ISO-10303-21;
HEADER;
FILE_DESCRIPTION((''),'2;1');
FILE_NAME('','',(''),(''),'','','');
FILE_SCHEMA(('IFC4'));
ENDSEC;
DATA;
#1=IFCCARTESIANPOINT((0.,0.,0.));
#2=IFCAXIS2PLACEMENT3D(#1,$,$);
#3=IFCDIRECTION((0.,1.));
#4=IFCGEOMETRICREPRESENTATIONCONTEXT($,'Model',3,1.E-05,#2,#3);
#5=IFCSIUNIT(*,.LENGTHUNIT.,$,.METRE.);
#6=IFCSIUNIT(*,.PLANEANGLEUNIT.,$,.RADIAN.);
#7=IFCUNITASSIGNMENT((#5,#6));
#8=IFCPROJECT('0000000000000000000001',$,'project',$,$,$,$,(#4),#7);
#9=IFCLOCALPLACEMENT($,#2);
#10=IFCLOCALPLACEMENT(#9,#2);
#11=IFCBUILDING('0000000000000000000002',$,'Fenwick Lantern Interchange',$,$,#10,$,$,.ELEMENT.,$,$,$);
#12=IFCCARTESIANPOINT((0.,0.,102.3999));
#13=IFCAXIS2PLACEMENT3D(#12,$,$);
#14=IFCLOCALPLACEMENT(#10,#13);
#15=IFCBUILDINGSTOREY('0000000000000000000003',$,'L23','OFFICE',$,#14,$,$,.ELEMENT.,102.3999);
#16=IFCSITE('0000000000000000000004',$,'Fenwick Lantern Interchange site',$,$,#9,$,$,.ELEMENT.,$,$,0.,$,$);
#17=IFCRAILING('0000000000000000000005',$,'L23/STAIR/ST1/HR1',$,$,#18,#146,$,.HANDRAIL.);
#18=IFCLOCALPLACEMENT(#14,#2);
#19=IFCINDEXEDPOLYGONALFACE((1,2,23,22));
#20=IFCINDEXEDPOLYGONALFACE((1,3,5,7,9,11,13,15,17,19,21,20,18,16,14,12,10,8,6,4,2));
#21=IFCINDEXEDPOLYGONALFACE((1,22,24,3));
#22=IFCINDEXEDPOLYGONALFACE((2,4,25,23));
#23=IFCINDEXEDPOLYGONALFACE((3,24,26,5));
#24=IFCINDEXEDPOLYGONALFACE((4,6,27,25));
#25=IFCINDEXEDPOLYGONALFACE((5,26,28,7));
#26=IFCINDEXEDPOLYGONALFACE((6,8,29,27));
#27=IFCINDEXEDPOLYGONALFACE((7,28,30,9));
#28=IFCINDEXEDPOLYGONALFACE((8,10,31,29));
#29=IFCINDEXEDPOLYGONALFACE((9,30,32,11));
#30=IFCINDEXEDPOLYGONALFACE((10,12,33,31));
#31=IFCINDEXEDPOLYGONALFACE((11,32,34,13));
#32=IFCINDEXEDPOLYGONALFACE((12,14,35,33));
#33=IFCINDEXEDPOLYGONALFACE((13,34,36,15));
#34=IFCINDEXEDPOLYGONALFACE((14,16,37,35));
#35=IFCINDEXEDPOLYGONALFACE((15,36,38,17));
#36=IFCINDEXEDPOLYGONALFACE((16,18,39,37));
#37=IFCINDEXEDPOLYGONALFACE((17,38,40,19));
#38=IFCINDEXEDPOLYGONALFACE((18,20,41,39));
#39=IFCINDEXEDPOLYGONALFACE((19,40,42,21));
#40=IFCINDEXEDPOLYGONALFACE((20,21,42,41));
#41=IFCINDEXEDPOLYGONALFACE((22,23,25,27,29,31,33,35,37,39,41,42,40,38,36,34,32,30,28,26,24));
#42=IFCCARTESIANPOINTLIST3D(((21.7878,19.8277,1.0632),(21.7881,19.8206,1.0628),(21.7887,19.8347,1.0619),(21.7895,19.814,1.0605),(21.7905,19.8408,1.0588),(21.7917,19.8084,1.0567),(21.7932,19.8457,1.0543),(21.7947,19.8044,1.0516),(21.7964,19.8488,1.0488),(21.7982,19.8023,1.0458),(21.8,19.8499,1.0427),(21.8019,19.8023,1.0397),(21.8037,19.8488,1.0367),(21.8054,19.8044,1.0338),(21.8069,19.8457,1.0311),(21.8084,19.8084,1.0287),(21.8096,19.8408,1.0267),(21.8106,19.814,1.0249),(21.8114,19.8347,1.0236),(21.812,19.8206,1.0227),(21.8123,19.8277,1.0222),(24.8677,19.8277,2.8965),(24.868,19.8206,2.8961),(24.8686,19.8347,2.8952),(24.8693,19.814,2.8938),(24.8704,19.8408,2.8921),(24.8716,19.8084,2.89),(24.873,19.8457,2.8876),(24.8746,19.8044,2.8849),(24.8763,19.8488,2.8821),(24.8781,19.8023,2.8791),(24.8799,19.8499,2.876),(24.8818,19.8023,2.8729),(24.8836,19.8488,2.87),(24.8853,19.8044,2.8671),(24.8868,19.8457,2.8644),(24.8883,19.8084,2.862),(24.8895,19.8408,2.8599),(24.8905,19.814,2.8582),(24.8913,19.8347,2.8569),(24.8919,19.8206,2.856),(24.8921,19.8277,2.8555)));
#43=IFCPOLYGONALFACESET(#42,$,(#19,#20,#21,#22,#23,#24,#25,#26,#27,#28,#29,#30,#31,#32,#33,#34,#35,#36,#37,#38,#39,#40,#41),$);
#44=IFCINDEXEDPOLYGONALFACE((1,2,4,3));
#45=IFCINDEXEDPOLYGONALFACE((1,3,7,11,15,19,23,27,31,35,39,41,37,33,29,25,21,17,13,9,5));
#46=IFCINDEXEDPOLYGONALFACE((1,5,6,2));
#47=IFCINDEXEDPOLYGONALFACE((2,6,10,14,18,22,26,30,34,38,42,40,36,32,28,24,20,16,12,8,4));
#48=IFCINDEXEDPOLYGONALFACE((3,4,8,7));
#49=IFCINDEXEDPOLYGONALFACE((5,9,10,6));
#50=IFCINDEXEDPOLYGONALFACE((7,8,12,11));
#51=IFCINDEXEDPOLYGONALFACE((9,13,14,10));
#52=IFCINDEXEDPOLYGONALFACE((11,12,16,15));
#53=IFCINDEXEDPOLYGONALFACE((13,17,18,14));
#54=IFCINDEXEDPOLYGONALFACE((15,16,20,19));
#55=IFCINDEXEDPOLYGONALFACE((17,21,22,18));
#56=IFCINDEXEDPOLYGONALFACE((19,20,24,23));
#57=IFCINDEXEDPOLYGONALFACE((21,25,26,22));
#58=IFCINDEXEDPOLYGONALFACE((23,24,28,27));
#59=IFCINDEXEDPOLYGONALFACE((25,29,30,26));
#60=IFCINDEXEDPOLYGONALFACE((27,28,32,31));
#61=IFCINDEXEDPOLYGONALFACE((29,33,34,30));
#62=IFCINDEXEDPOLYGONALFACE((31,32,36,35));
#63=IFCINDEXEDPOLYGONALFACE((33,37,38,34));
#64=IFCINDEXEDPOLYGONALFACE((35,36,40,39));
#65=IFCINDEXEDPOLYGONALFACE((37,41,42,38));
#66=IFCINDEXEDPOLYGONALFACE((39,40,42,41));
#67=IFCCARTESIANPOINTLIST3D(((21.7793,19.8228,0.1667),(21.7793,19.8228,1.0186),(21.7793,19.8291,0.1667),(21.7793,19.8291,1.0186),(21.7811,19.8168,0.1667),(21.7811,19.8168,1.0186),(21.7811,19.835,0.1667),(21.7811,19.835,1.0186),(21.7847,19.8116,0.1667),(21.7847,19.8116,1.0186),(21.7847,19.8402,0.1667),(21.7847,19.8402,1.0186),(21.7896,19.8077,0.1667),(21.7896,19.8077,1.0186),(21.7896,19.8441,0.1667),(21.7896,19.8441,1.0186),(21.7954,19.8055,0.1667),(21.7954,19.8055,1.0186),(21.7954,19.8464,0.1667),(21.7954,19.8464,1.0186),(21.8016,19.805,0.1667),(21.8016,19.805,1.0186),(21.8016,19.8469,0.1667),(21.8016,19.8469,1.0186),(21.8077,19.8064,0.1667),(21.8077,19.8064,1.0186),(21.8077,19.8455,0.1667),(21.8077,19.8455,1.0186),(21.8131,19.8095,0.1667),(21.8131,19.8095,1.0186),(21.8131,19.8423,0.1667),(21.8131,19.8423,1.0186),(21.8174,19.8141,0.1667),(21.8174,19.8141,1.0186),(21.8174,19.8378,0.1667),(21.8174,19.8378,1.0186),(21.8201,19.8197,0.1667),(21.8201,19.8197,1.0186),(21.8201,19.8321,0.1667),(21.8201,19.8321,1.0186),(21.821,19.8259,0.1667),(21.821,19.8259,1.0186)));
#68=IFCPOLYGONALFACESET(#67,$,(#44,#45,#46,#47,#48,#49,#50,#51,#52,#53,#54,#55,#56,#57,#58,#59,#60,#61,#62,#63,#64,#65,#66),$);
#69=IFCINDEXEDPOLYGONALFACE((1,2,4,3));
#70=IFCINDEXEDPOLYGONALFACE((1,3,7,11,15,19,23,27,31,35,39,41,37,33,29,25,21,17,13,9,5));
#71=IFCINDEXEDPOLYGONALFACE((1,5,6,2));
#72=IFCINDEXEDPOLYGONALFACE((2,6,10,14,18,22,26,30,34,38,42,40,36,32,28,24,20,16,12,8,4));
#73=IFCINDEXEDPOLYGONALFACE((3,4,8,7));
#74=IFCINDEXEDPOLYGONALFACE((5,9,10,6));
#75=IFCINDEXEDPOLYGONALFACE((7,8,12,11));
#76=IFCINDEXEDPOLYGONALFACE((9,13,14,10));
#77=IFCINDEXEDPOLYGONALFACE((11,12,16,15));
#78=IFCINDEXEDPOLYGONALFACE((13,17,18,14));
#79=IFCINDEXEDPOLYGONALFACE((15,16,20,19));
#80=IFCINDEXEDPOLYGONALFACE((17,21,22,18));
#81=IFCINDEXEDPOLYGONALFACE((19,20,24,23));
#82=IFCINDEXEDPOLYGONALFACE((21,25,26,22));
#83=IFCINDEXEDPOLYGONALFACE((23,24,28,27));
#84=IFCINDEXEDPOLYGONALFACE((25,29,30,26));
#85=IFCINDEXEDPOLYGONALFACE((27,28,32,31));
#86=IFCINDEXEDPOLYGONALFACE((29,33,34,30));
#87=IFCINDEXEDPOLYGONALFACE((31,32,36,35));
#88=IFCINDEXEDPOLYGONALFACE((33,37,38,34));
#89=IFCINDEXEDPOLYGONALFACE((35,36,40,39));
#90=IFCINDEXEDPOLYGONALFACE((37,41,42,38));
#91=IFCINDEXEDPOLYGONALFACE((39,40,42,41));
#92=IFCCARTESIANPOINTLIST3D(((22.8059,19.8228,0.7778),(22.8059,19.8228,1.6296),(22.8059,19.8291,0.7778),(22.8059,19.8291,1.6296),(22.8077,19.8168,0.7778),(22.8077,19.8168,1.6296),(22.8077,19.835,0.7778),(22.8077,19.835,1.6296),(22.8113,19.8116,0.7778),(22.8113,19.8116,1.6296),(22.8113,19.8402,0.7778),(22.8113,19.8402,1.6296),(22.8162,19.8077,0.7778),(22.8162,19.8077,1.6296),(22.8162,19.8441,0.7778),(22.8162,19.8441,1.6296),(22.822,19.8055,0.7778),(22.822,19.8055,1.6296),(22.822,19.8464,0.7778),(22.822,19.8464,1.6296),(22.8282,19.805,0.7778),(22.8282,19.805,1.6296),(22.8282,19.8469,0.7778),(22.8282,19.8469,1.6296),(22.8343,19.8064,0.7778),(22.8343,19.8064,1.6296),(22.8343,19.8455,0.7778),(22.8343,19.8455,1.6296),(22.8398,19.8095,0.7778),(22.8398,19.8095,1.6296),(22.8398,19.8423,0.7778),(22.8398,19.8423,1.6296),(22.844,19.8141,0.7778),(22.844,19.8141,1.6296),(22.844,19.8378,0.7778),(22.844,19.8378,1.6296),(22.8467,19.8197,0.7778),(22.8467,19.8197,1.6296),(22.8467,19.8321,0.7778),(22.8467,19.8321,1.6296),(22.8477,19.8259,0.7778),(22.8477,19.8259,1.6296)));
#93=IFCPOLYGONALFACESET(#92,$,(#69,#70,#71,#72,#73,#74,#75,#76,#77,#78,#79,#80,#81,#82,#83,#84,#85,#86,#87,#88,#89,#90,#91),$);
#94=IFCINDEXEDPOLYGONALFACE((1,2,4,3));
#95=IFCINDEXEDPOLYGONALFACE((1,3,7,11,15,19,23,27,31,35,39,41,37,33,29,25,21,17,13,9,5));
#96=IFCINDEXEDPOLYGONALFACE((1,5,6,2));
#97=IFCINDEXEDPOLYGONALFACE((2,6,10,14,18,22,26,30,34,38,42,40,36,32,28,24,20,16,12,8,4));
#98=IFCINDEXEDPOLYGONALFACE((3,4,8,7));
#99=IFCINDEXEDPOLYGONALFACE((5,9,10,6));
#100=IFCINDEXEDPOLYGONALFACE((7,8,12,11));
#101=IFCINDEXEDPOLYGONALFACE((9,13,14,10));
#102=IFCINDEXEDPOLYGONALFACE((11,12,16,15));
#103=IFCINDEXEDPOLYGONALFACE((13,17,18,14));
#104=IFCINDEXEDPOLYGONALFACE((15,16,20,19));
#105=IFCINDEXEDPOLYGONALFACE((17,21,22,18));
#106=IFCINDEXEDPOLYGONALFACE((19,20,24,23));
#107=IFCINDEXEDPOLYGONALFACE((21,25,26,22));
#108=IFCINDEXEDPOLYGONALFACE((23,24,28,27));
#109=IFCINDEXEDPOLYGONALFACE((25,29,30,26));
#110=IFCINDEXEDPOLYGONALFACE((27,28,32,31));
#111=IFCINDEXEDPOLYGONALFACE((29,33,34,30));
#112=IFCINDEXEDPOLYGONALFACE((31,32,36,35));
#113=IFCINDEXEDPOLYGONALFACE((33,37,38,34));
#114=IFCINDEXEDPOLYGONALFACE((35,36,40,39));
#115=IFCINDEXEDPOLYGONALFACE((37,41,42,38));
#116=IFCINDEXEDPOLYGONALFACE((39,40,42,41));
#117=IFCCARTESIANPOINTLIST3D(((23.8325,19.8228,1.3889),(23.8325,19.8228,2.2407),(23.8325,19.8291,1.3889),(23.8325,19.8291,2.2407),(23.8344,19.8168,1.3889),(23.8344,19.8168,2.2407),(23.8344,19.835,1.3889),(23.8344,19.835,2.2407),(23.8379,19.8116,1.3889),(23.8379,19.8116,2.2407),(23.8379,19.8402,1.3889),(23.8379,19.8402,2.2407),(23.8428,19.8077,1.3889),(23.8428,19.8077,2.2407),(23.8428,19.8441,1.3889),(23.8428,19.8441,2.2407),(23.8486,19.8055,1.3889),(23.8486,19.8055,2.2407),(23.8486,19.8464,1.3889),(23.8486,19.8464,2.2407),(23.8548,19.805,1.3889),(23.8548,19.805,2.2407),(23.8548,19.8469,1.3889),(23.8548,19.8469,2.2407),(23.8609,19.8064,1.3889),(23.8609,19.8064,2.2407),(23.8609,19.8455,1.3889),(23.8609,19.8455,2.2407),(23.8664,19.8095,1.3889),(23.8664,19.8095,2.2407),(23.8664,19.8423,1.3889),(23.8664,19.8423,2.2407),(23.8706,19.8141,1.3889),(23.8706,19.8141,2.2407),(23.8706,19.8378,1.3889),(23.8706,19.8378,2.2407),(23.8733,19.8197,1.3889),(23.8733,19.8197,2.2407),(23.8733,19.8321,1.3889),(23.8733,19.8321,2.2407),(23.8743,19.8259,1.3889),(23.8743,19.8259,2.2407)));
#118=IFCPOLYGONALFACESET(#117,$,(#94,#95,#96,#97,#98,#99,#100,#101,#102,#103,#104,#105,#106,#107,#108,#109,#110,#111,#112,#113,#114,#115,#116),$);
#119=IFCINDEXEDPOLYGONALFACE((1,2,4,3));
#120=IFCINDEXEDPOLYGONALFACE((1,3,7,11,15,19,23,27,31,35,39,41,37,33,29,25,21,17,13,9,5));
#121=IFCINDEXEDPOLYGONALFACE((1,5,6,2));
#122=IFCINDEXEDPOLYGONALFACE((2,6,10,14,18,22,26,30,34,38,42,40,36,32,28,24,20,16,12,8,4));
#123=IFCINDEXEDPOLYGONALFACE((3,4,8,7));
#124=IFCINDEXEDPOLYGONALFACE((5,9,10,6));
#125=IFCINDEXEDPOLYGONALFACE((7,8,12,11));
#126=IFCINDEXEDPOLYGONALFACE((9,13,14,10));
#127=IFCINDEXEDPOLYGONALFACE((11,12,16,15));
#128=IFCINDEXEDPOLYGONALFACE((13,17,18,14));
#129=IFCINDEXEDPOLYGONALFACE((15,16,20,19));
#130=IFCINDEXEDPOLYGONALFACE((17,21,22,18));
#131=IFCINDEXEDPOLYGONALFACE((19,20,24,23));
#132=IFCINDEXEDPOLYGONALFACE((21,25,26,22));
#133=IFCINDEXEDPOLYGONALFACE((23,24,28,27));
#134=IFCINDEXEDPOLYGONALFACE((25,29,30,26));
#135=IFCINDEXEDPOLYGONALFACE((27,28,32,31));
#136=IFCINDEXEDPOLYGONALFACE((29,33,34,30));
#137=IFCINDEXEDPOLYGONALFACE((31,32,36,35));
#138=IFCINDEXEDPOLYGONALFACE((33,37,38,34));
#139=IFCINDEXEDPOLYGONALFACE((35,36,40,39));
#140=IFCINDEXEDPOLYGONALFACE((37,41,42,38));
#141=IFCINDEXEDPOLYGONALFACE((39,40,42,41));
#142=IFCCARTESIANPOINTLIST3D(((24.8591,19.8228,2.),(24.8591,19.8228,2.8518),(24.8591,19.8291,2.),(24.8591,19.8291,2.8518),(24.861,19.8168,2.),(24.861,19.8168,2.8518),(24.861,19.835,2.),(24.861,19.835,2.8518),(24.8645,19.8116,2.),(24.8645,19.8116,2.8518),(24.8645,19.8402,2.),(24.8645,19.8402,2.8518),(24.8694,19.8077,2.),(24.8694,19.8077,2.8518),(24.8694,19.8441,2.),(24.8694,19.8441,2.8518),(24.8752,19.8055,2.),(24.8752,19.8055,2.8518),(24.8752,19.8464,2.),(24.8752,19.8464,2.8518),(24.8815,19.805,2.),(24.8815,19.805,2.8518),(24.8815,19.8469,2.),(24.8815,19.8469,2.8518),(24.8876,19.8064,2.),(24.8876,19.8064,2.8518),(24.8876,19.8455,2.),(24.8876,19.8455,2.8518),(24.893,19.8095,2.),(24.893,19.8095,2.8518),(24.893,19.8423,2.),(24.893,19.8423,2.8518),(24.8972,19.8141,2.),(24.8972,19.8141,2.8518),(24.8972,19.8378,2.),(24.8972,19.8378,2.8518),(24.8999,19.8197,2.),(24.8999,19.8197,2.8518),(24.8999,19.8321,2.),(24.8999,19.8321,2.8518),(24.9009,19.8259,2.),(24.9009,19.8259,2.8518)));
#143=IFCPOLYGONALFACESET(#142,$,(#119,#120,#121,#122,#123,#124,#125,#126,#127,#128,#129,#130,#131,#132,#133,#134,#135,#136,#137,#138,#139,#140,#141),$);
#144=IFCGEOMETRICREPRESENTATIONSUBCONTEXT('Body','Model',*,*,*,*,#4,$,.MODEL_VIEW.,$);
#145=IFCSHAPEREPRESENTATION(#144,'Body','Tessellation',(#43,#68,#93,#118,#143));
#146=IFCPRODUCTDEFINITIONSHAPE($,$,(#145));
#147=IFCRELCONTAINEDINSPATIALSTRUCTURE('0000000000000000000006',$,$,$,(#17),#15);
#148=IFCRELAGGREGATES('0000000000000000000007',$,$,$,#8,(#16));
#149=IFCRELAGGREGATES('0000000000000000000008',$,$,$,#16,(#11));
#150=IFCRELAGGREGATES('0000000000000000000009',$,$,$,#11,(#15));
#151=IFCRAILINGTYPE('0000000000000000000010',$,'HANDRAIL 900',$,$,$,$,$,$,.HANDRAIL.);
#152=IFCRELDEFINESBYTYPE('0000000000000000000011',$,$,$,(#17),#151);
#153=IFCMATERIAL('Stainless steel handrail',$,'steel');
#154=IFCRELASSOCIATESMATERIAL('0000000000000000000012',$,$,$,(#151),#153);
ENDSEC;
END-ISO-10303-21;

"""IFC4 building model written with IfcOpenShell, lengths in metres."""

from ifc_helpers import new_model, si_unit, direction, frame, origin, origin_2d, place, context, subcontext, project, spatial, circle, extrude, material, type_object, element, save


model = new_model("IFC4")

# Units and contexts
model_context = context("Model", 3, precision=1e-05, world=origin(), true_north=direction((0.0, 1.0)))
body_context = subcontext(model_context, "Body", "Model", "MODEL_VIEW")
ifc_project = project(units=[si_unit("LENGTHUNIT", "METRE"), si_unit("PLANEANGLEUNIT", "RADIAN")], contexts=[model_context])

# Site, building, storey
site_placement = place(None, origin())
site = spatial("IfcSite", under=ifc_project, at=site_placement, Name="Fenwick Lantern Interchange site", CompositionType="ELEMENT", RefElevation=0.0)
building_placement = place(site_placement, origin())
building = spatial("IfcBuilding", under=site, at=building_placement, Name="Fenwick Lantern Interchange", CompositionType="ELEMENT")
storey_placement = place(building_placement, frame((0.0, 0.0, 102.3999)))
storey = spatial("IfcBuildingStorey", under=building, at=storey_placement, Name="L23", Description="OFFICE", CompositionType="ELEMENT", Elevation=102.3999)

# Railing
ifc_material_1 = material(Name="Stainless steel handrail", Category="steel")
railing_type = type_object("IfcRailingType", Name="HANDRAIL 900", PredefinedType="HANDRAIL", material=ifc_material_1)
railing_1_placement = place(storey_placement, frame((21.8, 19.8259, 0.1667)))
element("IfcRailing", 1, at=railing_1_placement, inside=storey, type_object=railing_type, Name="L23/STAIR/ST1/HR1", PredefinedType="HANDRAIL", context=body_context, shape_type="SweptSolid", body=[
    extrude(circle(Radius=0.0239, at=origin_2d()), frame((0.0, 0.0, 0.876), z_axis=(0.859291, 0.0, 0.511487), x_axis=(0.0, 1.0, 0.0)), (0.0, 0.0, 1.0), 3.5842),
    extrude(circle(Radius=0.021, at=origin_2d()), origin(), (0.0, 0.0, 1.0), 0.8518),
    extrude(circle(Radius=0.021, at=origin_2d()), frame((1.0266, 0.0, 0.6111)), (0.0, 0.0, 1.0), 0.8518),
    extrude(circle(Radius=0.021, at=origin_2d()), frame((2.0532, 0.0, 1.2222)), (0.0, 0.0, 1.0), 0.8518),
    extrude(circle(Radius=0.021, at=origin_2d()), frame((3.0798, 0.0, 1.8333)), (0.0, 0.0, 1.0), 0.8518),
])

save(model, "model.ifc")
